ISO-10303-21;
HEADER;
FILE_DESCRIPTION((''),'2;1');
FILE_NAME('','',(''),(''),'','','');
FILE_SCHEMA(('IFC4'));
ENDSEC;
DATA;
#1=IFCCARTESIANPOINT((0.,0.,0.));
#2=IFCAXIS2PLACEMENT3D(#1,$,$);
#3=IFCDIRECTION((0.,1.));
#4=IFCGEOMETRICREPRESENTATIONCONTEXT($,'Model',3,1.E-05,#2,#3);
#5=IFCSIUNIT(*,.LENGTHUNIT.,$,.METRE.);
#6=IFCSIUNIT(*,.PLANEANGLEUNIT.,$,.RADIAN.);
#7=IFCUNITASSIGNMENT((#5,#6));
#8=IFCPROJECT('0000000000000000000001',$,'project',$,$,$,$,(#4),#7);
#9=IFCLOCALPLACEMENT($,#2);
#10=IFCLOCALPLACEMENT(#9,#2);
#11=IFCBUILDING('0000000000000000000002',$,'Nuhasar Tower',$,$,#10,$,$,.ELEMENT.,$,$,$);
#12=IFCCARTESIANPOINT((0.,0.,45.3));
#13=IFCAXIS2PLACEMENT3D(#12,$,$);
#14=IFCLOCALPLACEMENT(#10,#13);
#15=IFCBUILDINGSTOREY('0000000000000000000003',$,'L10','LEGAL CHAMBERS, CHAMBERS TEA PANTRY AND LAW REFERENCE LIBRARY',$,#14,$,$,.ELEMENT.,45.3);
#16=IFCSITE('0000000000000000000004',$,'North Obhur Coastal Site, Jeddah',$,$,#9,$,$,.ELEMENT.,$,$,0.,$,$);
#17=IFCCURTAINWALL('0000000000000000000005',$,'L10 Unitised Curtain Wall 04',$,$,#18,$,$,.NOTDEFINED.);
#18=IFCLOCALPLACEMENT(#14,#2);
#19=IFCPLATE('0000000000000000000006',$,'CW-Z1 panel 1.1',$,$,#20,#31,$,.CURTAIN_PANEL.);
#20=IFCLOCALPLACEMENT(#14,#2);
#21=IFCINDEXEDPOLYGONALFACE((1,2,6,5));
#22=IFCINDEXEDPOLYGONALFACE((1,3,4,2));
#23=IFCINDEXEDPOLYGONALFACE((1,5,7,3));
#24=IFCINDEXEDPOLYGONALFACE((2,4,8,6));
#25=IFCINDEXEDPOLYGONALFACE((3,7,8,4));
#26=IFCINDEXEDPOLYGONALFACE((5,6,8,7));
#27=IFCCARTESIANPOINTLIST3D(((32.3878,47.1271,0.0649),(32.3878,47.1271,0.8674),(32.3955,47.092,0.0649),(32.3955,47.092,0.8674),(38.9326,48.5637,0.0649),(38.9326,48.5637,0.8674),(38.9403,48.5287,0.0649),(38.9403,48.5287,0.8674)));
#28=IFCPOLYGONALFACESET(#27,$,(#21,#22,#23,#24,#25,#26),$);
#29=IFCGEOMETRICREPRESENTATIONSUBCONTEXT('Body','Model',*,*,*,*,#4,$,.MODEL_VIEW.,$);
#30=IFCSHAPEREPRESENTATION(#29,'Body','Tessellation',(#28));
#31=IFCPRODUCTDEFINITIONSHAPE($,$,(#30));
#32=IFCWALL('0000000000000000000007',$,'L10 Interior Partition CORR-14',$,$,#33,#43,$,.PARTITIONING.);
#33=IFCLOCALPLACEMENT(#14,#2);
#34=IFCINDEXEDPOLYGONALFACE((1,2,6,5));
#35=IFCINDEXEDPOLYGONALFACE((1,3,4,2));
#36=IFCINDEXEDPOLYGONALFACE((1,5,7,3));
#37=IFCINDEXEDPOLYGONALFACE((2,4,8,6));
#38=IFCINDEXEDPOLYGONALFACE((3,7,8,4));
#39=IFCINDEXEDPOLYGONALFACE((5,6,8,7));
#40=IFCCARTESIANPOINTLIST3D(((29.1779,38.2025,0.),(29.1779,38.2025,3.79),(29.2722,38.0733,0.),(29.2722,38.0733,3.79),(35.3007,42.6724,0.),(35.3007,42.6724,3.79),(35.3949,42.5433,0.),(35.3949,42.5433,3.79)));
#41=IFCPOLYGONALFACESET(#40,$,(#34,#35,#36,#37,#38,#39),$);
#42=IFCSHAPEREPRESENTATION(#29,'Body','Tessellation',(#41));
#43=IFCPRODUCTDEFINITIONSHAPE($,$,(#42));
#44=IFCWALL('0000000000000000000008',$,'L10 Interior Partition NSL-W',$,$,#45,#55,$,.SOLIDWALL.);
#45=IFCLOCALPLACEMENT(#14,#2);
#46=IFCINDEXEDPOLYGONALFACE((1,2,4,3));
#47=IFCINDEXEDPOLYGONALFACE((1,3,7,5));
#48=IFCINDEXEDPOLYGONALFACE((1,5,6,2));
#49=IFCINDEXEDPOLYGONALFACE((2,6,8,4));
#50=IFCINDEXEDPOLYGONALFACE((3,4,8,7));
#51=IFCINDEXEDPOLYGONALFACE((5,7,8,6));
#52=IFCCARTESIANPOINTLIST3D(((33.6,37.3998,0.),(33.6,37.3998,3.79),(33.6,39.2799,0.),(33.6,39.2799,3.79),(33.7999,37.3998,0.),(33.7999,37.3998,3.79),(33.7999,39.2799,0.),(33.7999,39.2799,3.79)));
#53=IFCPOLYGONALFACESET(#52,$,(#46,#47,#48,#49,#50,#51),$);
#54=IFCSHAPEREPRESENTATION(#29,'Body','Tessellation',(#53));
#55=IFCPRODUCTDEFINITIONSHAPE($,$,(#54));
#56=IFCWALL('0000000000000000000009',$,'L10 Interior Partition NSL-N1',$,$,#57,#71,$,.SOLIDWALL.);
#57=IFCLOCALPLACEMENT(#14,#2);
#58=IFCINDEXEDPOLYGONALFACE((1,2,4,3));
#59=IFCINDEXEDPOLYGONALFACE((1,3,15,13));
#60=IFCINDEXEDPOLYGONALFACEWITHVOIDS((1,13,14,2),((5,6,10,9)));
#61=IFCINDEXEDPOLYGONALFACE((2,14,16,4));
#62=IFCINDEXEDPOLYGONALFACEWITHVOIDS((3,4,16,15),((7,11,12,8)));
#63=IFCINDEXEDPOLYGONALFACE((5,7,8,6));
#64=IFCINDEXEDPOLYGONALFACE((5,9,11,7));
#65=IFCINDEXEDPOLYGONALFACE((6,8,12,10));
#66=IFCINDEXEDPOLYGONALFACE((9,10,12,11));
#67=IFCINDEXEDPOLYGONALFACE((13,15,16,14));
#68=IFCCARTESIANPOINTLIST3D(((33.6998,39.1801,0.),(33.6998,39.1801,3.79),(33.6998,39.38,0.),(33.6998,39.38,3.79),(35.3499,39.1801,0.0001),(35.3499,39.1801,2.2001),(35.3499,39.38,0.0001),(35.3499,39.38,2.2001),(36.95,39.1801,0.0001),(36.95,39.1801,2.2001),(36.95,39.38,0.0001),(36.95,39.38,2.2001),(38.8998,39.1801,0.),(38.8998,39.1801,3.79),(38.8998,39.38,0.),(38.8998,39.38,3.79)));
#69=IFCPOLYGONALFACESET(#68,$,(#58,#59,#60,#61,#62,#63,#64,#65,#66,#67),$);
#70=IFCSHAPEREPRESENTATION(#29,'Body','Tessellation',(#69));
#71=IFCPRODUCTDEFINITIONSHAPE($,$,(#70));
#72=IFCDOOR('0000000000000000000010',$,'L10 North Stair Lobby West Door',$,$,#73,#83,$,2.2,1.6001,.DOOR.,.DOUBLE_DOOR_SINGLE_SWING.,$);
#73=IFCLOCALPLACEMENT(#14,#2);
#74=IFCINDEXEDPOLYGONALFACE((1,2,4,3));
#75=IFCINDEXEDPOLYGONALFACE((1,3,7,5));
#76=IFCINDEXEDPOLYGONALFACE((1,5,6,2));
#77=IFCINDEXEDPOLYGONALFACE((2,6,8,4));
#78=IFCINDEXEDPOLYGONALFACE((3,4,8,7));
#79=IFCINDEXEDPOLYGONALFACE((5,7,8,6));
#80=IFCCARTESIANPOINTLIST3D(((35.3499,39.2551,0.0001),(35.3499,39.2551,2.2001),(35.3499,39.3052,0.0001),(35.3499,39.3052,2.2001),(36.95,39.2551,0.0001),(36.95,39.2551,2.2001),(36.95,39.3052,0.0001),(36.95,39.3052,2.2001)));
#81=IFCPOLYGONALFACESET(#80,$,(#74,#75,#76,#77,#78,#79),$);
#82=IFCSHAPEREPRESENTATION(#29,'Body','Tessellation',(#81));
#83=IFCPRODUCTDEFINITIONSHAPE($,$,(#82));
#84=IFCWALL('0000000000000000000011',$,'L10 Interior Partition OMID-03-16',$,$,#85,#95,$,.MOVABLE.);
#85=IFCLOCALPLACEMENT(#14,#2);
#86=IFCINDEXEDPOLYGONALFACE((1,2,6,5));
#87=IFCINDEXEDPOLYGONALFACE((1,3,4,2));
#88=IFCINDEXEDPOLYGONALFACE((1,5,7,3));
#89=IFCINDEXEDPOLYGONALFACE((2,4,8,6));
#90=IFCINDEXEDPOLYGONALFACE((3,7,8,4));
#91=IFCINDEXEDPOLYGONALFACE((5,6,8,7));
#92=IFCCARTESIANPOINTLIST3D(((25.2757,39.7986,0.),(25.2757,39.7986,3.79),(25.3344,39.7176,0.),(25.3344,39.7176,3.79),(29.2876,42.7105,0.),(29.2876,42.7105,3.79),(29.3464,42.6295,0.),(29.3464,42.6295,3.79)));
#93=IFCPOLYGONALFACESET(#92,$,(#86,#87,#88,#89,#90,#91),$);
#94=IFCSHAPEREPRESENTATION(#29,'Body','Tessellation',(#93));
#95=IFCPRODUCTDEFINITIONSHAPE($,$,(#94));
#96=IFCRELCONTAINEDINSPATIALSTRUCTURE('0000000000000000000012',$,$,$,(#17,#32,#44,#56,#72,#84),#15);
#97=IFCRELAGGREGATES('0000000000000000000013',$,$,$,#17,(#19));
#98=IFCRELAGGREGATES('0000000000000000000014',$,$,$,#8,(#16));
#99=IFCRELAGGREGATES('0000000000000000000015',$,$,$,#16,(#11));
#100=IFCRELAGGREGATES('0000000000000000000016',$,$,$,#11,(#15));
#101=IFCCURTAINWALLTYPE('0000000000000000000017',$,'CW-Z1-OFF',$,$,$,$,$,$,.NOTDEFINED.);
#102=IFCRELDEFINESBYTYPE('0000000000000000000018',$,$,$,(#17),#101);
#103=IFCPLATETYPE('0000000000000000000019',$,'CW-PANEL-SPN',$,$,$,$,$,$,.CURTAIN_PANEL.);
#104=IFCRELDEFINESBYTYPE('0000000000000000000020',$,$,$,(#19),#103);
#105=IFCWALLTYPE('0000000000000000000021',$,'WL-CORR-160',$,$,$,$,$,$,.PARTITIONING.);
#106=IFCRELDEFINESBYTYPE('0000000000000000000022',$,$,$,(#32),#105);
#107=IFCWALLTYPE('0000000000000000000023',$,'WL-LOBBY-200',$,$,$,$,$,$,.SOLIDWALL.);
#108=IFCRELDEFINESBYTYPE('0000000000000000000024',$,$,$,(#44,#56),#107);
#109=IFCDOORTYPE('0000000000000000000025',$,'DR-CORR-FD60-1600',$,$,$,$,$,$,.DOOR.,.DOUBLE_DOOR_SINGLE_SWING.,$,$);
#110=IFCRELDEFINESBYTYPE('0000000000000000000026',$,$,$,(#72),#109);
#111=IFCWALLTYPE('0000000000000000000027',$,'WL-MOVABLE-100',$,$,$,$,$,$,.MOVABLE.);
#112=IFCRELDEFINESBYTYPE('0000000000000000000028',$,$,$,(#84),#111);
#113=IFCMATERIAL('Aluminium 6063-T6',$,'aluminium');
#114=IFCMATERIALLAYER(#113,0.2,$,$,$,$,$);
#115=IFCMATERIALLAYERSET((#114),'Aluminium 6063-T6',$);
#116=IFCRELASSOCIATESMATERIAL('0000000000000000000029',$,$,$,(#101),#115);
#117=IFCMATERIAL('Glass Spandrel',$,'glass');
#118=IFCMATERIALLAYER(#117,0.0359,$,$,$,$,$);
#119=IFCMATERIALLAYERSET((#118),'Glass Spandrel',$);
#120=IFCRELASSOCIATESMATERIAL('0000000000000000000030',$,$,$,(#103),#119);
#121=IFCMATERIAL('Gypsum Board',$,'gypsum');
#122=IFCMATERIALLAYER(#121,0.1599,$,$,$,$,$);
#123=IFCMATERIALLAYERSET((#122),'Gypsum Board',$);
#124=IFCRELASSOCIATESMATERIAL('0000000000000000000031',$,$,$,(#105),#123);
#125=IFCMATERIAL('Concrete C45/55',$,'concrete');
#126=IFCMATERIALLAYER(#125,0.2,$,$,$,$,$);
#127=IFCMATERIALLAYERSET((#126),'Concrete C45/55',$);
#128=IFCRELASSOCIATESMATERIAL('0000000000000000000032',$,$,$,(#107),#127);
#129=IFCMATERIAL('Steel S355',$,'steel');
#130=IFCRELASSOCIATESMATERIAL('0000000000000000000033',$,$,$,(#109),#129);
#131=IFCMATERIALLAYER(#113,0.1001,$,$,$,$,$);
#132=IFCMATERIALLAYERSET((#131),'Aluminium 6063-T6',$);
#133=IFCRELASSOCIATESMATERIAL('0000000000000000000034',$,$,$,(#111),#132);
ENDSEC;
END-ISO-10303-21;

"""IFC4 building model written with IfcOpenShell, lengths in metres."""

from ifc_helpers import new_model, si_unit, direction, frame, frame_2d, origin, origin_2d, place, context, subcontext, project, spatial, rectangle, extrude, material, layer, layer_set, type_object, element, fill, aggregate, save


model = new_model("IFC4")

# Units and contexts
model_context = context("Model", 3, precision=1e-05, world=origin(), true_north=direction((0.0, 1.0)))
body_context = subcontext(model_context, "Body", "Model", "MODEL_VIEW")
ifc_project = project(units=[si_unit("LENGTHUNIT", "METRE"), si_unit("PLANEANGLEUNIT", "RADIAN")], contexts=[model_context])

# Site, building, storey
site_placement = place(None, origin())
site = spatial("IfcSite", under=ifc_project, at=site_placement, Name="North Obhur Coastal Site, Jeddah", CompositionType="ELEMENT", RefElevation=0.0)
building_placement = place(site_placement, origin())
building = spatial("IfcBuilding", under=site, at=building_placement, Name="Nuhasar Tower", CompositionType="ELEMENT")
storey_placement = place(building_placement, frame((0.0, 0.0, 45.3)))
storey = spatial("IfcBuildingStorey", under=building, at=storey_placement, Name="L10", Description="LEGAL CHAMBERS, CHAMBERS TEA PANTRY AND LAW REFERENCE LIBRARY", CompositionType="ELEMENT", Elevation=45.3)

# Shared definitions
ifc_material_1 = material(Name="Steel S355", Category="steel")

# Curtain wall
ifc_material_2 = material(Name="Aluminium 6063-T6", Category="aluminium")
ifc_layer_1 = layer(ifc_material_2, 0.2)
ifc_layer_set_1 = layer_set([ifc_layer_1], Name="Aluminium 6063-T6")
curtain_wall_type = type_object("IfcCurtainWallType", Name="CW-Z1-OFF", PredefinedType="NOTDEFINED", material=ifc_layer_set_1)
curtain_wall_placement = place(storey_placement, origin())
curtain_wall = element("IfcCurtainWall", 1, at=curtain_wall_placement, inside=storey, type_object=curtain_wall_type, Name="L10 Unitised Curtain Wall 04", PredefinedType="NOTDEFINED")

# Plate
ifc_material_3 = material(Name="Glass Spandrel", Category="glass")
ifc_layer_2 = layer(ifc_material_3, 0.0359)
ifc_layer_set_2 = layer_set([ifc_layer_2], Name="Glass Spandrel")
plate_type_1 = type_object("IfcPlateType", Name="CW-PANEL-SPN", PredefinedType="CURTAIN_PANEL", material=ifc_layer_set_2)
plate_1_placement = place(storey_placement, frame((35.6641, 47.8279, 0.0649), z_axis=(0.0, 0.0, 1.0), x_axis=(-0.976746, -0.214399, 0.0)))
plate_1 = element("IfcPlate", 2, at=plate_1_placement, type_object=plate_type_1, Name="CW-Z1 panel 1.1", PredefinedType="CURTAIN_PANEL", context=body_context, shape_type="SweptSolid", body=[
    extrude(rectangle(XDim=6.7007, YDim=0.0359, at=origin_2d()), origin(), (0.0, 0.0, 1.0), 0.8025),
])
aggregate(curtain_wall, [plate_1])

# Shared definitions
ifc_material_4 = material(Name="Gypsum Board", Category="gypsum")
ifc_layer_3 = layer(ifc_material_4, 0.1599)
ifc_layer_set_3 = layer_set([ifc_layer_3], Name="Gypsum Board")
wall_type_1 = type_object("IfcWallType", Name="WL-CORR-160", PredefinedType="PARTITIONING", material=ifc_layer_set_3)

# Walls
wall_1_placement = place(storey_placement, frame((35.3479, 42.6079, 0.0), z_axis=(0.0, 0.0, 1.0), x_axis=(-0.807667, -0.589639, 0.0)))
element("IfcWall", 3, at=wall_1_placement, inside=storey, type_object=wall_type_1, Name="L10 Interior Partition CORR-14", PredefinedType="PARTITIONING", context=body_context, shape_type="SweptSolid", body=[
    extrude(rectangle(XDim=7.5808, YDim=0.1599, at=frame_2d((3.7905, 0.0))), origin(), (0.0, 0.0, 1.0), 3.79),
])
ifc_material_5 = material(Name="Concrete C45/55", Category="concrete")
ifc_layer_4 = layer(ifc_material_5, 0.2)
ifc_layer_set_4 = layer_set([ifc_layer_4], Name="Concrete C45/55")
wall_type_2 = type_object("IfcWallType", Name="WL-LOBBY-200", PredefinedType="SOLIDWALL", material=ifc_layer_set_4)
wall_2_placement = place(storey_placement, frame((33.7, 37.3999, 0.0), z_axis=(0.0, 0.0, 1.0), x_axis=(0.0, 1.0, 0.0)))
element("IfcWall", 4, at=wall_2_placement, inside=storey, type_object=wall_type_2, Name="L10 Interior Partition NSL-W", PredefinedType="SOLIDWALL", context=body_context, shape_type="SweptSolid", body=[
    extrude(rectangle(XDim=1.8801, YDim=0.2, at=frame_2d((0.9399, 0.0))), origin(), (0.0, 0.0, 1.0), 3.79),
])

# Wall, opening, door
wall_3_placement = place(storey_placement, frame((38.8999, 39.28, 0.0), z_axis=(0.0, 0.0, 1.0), x_axis=(-1.0, 0.0, 0.0)))
wall_3 = element("IfcWall", 5, at=wall_3_placement, inside=storey, type_object=wall_type_2, Name="L10 Interior Partition NSL-N1", PredefinedType="SOLIDWALL", context=body_context, shape_type="SweptSolid", body=[
    extrude(rectangle(XDim=5.2, YDim=0.2, at=frame_2d((2.6001, 0.0))), origin(), (0.0, 0.0, 1.0), 3.79),
])
opening_1_placement = place(wall_3_placement, frame((1.95, 0.0, 0.0)))
opening_1 = element("IfcOpeningElement", 6, at=opening_1_placement, cuts=wall_3, PredefinedType="OPENING", context=body_context, shape_type="SweptSolid", body=[
    extrude(rectangle(XDim=1.6001, YDim=2.2, at=frame_2d((0.8, 1.1001))), frame((0.0, 0.1099, 0.0), z_axis=(0.0, -1.0, 0.0), x_axis=(1.0, 0.0, 0.0)), (0.0, 0.0, 1.0), 0.22),
])
door_type_1 = type_object("IfcDoorType", Name="DR-CORR-FD60-1600", OperationType="DOUBLE_DOOR_SINGLE_SWING", PredefinedType="DOOR", material=ifc_material_1)
door_1_placement = place(opening_1_placement, origin())
door_1 = element("IfcDoor", 7, at=door_1_placement, inside=storey, type_object=door_type_1, Name="L10 North Stair Lobby West Door", OperationType="DOUBLE_DOOR_SINGLE_SWING", OverallHeight=2.2, OverallWidth=1.6001, PredefinedType="DOOR", context=body_context, shape_type="SweptSolid", body=[
    extrude(rectangle(XDim=1.6001, YDim=2.2, at=frame_2d((0.8, 1.1001))), frame((0.0, 0.0249, 0.0), z_axis=(0.0, -1.0, 0.0), x_axis=(1.0, 0.0, 0.0)), (0.0, 0.0, 1.0), 0.05),
])
fill(opening_1, door_1)

# Wall
ifc_layer_5 = layer(ifc_material_2, 0.1001)
ifc_layer_set_5 = layer_set([ifc_layer_5], Name="Aluminium 6063-T6")
wall_type_3 = type_object("IfcWallType", Name="WL-MOVABLE-100", PredefinedType="MOVABLE", material=ifc_layer_set_5)
wall_4_placement = place(storey_placement, frame((29.3169, 42.6699, 0.0), z_axis=(0.0, 0.0, 1.0), x_axis=(-0.809304, -0.58739, 0.0)))
element("IfcWall", 8, at=wall_4_placement, inside=storey, type_object=wall_type_3, Name="L10 Interior Partition OMID-03-16", PredefinedType="MOVABLE", context=body_context, shape_type="SweptSolid", body=[
    extrude(rectangle(XDim=4.9573, YDim=0.1001, at=frame_2d((2.4785, 0.0))), origin(), (0.0, 0.0, 1.0), 3.79),
])

save(model, "model.ifc")
